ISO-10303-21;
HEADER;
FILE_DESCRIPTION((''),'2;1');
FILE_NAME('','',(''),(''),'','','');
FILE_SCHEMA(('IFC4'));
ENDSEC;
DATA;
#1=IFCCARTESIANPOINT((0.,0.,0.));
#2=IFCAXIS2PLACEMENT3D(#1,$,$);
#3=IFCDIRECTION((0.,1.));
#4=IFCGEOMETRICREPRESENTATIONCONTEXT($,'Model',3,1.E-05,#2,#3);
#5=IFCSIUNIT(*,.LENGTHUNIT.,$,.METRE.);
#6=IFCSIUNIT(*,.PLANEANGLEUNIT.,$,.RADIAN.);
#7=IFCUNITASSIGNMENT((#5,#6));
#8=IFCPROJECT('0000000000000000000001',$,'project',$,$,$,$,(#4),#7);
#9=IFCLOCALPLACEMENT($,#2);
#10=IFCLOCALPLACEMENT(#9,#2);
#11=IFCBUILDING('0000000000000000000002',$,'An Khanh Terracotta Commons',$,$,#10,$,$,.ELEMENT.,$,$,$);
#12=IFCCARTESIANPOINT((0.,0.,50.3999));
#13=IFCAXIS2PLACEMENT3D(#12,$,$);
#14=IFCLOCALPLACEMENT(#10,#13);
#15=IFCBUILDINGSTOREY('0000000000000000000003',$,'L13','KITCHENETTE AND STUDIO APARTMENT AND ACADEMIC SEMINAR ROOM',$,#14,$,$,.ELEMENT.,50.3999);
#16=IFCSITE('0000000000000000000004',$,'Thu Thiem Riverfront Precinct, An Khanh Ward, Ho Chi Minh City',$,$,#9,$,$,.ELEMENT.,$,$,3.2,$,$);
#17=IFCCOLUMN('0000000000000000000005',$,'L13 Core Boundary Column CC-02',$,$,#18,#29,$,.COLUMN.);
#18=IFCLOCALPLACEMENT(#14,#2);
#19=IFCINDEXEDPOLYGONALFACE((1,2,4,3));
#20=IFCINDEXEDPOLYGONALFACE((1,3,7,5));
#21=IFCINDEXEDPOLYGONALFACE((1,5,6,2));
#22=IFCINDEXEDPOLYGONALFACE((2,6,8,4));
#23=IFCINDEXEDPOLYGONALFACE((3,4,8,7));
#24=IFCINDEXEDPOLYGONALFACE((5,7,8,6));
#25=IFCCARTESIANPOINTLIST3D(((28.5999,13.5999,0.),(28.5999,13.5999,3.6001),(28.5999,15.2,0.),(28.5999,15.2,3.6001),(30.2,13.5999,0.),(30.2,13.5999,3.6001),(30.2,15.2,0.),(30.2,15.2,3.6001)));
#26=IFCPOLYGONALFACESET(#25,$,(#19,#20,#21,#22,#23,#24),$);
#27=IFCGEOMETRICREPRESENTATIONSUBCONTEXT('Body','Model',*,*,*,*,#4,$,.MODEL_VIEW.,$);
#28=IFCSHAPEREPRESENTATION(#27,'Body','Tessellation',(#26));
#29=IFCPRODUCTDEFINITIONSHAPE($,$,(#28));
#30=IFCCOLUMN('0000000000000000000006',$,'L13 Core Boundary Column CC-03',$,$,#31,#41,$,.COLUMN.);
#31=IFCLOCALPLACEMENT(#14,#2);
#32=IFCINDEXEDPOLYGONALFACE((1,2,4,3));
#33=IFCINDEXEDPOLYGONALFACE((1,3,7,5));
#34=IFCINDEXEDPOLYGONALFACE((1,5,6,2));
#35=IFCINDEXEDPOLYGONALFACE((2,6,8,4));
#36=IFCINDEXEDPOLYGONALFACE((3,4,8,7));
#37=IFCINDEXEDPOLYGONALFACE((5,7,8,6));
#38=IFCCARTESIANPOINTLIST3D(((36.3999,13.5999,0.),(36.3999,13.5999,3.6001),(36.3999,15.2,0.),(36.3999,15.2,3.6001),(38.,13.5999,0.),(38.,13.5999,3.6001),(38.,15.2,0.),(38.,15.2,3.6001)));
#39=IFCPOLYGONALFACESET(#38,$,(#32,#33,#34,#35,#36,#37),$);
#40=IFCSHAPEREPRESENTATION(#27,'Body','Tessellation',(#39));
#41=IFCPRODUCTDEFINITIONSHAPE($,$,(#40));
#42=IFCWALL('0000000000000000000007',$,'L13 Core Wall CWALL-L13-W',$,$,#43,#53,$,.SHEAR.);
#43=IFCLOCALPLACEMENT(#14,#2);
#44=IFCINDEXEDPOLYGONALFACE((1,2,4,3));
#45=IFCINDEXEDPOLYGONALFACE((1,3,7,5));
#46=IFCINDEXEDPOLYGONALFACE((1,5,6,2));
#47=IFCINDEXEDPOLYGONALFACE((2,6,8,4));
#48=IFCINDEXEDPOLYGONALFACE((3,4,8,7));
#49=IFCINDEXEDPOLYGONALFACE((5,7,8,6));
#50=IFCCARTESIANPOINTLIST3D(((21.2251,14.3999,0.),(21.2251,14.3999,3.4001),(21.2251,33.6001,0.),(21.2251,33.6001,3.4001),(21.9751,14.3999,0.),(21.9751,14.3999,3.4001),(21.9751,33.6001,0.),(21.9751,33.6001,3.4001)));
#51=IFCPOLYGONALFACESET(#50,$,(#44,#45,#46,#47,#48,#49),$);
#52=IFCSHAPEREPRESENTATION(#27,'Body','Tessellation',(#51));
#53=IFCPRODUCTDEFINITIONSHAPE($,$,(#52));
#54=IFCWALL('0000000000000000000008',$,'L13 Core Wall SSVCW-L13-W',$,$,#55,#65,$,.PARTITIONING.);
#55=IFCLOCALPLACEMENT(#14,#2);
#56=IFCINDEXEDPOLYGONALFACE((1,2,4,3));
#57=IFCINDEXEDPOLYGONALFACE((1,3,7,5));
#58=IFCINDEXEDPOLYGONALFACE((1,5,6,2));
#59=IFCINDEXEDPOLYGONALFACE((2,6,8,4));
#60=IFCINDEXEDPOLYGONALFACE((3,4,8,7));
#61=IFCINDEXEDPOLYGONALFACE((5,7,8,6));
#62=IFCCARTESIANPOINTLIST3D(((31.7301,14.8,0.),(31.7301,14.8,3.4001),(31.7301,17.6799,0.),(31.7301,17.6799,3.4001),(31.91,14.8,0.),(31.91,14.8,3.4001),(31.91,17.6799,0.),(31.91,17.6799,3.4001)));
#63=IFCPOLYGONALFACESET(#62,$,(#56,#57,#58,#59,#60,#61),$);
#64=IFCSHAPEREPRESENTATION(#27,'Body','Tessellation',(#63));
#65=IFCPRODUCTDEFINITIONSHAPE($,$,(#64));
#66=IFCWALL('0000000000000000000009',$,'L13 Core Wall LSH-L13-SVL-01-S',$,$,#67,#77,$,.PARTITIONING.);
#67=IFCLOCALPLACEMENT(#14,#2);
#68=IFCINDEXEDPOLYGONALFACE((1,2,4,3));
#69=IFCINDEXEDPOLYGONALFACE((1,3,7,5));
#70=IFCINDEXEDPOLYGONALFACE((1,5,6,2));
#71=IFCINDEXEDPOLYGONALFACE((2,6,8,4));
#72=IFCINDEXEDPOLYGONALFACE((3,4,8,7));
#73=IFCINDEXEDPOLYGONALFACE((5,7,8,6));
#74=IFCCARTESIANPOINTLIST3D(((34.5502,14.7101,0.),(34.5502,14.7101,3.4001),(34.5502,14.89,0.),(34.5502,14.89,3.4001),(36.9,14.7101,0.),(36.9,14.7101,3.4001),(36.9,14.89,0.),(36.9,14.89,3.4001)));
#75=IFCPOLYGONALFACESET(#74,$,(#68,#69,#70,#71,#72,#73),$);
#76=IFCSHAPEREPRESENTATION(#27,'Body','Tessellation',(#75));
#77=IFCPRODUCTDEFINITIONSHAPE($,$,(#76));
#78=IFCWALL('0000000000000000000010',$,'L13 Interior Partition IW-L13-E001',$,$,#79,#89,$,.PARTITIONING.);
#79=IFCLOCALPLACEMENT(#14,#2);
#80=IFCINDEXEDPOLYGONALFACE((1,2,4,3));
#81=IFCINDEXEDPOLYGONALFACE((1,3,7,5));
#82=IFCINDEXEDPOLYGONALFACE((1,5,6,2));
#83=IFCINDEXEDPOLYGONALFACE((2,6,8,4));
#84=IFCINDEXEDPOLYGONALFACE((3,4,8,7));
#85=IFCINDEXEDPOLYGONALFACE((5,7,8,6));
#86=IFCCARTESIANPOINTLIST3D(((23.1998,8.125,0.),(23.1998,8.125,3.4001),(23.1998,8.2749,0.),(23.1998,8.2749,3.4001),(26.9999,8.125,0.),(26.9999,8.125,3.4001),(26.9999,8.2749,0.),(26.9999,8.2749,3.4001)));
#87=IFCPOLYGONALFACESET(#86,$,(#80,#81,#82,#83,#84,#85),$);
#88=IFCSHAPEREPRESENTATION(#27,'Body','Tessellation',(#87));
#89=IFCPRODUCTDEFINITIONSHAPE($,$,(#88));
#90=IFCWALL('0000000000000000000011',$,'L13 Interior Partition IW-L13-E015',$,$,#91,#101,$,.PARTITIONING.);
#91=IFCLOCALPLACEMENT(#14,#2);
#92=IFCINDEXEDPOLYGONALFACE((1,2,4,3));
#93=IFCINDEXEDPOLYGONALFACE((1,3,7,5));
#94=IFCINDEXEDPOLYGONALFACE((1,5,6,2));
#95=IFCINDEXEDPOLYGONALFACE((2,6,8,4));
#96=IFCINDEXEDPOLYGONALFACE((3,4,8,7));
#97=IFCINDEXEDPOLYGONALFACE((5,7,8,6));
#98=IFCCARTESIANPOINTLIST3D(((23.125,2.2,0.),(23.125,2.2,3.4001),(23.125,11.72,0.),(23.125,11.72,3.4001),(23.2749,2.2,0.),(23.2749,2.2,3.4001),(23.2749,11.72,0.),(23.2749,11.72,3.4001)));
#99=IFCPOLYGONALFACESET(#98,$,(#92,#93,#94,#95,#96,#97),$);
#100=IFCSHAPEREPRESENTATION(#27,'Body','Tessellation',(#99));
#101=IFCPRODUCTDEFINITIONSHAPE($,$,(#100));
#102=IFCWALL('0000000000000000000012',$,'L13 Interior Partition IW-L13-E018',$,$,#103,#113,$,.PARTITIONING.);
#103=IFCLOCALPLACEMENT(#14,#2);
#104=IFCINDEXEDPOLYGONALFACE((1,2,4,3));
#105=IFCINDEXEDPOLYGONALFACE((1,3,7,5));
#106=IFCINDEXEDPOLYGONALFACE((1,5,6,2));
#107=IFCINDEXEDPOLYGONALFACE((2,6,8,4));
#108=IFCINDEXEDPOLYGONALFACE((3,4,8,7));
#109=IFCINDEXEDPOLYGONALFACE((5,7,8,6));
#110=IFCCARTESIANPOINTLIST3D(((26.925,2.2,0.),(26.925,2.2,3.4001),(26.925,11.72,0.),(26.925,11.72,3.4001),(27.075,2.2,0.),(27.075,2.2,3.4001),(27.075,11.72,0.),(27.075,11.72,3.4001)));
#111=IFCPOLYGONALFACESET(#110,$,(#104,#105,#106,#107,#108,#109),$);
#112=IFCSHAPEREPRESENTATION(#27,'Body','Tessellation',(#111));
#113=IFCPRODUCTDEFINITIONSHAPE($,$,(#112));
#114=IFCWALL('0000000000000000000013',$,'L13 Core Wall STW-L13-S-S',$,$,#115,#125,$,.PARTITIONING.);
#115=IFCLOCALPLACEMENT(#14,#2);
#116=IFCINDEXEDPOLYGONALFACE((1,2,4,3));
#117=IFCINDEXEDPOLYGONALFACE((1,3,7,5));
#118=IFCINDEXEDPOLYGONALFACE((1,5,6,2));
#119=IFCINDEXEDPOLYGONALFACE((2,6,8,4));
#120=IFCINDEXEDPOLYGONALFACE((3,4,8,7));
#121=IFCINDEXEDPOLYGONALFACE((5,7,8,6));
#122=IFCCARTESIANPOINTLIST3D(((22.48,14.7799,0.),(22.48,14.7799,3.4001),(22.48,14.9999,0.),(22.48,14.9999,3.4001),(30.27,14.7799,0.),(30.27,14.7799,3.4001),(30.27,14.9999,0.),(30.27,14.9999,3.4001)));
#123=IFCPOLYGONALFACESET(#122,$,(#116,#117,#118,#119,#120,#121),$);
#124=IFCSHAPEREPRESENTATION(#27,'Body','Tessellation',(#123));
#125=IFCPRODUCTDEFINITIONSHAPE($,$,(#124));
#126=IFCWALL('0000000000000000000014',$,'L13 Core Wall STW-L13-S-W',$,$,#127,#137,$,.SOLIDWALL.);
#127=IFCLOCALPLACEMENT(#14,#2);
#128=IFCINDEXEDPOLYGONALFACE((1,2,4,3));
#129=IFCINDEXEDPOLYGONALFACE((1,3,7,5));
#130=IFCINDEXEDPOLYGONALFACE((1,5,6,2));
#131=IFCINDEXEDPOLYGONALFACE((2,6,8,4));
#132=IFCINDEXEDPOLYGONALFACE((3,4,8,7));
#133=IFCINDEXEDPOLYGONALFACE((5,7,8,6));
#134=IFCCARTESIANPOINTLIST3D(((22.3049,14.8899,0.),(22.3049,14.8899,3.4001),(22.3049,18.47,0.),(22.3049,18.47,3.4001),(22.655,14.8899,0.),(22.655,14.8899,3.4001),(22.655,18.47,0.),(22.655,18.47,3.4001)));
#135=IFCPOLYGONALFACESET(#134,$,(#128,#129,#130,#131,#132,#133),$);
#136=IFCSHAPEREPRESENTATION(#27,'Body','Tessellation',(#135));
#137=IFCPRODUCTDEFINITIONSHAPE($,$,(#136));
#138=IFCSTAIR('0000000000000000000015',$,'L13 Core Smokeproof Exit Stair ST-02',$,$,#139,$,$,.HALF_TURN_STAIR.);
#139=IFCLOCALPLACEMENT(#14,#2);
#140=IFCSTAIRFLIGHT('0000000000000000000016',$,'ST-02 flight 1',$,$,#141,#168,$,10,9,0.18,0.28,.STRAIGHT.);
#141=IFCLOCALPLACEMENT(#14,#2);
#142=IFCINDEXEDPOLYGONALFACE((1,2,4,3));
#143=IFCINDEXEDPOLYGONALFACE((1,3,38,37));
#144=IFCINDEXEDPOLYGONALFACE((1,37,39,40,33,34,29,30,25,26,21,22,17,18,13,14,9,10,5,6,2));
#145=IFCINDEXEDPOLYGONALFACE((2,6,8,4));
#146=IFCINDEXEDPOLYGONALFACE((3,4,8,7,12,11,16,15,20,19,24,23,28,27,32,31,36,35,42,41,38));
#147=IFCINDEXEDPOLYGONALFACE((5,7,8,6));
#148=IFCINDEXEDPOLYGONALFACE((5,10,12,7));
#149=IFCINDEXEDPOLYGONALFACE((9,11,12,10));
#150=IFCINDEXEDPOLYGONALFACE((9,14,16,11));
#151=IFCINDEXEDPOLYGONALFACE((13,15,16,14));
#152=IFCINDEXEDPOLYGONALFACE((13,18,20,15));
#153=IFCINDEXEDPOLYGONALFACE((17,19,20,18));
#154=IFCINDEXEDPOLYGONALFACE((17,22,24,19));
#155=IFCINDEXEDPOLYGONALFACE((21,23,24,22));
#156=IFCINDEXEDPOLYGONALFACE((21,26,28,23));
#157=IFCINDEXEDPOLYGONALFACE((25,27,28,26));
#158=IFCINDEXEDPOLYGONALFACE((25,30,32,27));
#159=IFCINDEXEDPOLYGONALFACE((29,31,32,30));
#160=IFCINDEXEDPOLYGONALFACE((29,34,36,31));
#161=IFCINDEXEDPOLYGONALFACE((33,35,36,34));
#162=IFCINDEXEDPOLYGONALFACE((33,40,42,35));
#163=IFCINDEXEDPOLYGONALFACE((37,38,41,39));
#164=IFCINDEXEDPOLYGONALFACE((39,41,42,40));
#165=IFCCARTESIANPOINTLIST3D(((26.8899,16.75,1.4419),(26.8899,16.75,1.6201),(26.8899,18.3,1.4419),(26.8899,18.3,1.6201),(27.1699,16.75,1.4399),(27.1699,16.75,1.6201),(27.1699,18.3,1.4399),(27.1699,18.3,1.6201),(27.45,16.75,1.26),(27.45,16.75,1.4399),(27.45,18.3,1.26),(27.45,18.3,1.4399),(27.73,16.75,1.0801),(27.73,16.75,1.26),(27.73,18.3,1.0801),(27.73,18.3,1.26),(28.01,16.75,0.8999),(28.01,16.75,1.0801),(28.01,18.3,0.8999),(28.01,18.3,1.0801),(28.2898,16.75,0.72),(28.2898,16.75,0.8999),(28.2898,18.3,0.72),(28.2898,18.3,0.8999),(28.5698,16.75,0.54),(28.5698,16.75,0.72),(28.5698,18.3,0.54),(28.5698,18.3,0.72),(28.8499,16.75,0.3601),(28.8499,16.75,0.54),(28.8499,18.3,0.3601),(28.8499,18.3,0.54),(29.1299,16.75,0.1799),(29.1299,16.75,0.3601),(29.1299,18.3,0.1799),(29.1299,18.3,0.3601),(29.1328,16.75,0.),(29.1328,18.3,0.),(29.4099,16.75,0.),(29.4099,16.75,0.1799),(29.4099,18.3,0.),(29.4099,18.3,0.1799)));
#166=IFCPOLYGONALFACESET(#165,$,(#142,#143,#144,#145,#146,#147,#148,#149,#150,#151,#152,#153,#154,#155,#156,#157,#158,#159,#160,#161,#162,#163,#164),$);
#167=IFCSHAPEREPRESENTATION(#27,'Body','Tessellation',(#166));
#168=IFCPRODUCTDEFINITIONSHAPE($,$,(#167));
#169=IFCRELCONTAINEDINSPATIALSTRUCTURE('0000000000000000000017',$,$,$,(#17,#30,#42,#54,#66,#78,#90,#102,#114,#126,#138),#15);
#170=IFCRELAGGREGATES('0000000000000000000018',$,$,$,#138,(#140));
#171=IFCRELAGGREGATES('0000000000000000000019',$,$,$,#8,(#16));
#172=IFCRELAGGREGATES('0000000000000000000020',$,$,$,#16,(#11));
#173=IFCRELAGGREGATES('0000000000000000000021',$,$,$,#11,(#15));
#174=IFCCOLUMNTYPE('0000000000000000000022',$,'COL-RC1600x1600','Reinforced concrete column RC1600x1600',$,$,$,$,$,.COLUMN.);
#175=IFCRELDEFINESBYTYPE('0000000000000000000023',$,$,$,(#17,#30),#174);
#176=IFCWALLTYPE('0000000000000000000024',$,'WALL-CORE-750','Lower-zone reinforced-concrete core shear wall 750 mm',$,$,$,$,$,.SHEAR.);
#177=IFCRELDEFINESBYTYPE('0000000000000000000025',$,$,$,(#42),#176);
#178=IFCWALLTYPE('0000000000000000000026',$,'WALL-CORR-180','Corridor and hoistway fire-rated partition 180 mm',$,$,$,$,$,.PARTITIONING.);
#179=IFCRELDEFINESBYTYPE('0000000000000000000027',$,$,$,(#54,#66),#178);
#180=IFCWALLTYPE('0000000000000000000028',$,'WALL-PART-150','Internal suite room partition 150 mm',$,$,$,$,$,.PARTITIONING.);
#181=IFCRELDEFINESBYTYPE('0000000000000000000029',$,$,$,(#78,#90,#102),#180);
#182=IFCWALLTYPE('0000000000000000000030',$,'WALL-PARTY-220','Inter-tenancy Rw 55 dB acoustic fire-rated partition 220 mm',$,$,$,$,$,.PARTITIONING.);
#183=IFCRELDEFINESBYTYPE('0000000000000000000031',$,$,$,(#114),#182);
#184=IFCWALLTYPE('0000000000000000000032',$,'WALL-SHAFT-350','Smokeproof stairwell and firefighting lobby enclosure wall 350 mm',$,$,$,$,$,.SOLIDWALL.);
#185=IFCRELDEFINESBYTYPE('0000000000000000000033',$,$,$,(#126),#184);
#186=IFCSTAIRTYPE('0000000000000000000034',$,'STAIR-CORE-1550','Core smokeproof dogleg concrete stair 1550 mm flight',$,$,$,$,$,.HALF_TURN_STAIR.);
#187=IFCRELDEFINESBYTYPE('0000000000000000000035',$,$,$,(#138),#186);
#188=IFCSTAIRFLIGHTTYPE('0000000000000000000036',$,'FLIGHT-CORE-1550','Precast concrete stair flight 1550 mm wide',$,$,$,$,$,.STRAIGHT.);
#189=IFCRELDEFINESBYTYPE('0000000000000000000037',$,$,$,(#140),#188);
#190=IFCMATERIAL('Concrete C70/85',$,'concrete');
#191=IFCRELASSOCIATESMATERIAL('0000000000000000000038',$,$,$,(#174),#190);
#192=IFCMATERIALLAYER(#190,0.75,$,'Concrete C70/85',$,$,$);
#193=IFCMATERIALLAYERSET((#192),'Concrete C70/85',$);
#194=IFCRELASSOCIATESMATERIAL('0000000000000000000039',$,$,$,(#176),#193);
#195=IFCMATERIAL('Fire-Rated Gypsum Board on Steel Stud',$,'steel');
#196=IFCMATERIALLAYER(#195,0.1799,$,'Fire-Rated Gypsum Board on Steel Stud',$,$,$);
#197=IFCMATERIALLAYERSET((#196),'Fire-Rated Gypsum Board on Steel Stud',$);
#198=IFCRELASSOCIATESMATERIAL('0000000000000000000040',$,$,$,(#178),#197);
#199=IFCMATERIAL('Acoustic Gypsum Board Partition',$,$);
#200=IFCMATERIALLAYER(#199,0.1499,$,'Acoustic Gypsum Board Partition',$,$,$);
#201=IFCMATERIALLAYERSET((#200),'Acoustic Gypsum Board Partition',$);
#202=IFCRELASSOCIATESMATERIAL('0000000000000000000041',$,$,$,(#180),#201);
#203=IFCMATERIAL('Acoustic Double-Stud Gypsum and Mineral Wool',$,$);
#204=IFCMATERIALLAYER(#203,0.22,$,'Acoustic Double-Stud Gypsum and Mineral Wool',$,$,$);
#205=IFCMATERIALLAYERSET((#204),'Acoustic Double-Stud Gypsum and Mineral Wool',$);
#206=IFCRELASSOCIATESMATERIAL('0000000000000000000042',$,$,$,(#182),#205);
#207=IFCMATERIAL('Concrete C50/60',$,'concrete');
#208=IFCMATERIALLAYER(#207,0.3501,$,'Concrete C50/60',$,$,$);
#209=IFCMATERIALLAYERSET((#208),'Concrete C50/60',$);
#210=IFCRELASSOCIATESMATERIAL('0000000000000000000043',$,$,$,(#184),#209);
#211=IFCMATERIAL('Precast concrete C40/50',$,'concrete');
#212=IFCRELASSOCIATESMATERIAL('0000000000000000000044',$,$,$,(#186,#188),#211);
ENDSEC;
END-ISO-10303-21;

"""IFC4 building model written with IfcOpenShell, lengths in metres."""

from ifc_helpers import new_model, si_unit, direction, frame, frame_2d, origin, origin_2d, place, context, subcontext, project, spatial, polyline, rectangle, outline, extrude, material, layer, layer_set, material_profile, profile_set, type_object, element, aggregate, save


model = new_model("IFC4")

# Units and contexts
model_context = context("Model", 3, precision=1e-05, world=origin(), true_north=direction((0.0, 1.0)))
body_context = subcontext(model_context, "Body", "Model", "MODEL_VIEW")
ifc_project = project(units=[si_unit("LENGTHUNIT", "METRE"), si_unit("PLANEANGLEUNIT", "RADIAN")], contexts=[model_context])

# Site, building, storey
site_placement = place(None, origin())
site = spatial("IfcSite", under=ifc_project, at=site_placement, Name="Thu Thiem Riverfront Precinct, An Khanh Ward, Ho Chi Minh City", CompositionType="ELEMENT", RefElevation=3.2)
building_placement = place(site_placement, origin())
building = spatial("IfcBuilding", under=site, at=building_placement, Name="An Khanh Terracotta Commons", CompositionType="ELEMENT")
storey_placement = place(building_placement, frame((0.0, 0.0, 50.3999)))
storey = spatial("IfcBuildingStorey", under=building, at=storey_placement, Name="L13", Description="KITCHENETTE AND STUDIO APARTMENT AND ACADEMIC SEMINAR ROOM", CompositionType="ELEMENT", Elevation=50.3999)

# Columns
ifc_material_1 = material(Name="Concrete C70/85", Category="concrete")
ifc_material_profile = material_profile(ifc_material_1, rectangle(XDim=1.6001, YDim=1.6001, at=origin_2d()), Name="RC1600x1600")
ifc_profile_set = profile_set([ifc_material_profile], Name="Concrete C70/85")
column_type = type_object("IfcColumnType", Name="COL-RC1600x1600", Description="Reinforced concrete column RC1600x1600", PredefinedType="COLUMN", material=ifc_profile_set)
for number, where, z_axis, x_axis, name in (
    (1, (29.3999, 14.3999, 0.0), (0.0, 0.0, 1.0), (1.0, 0.0, 0.0), "L13 Core Boundary Column CC-02"),
    (2, (37.2, 14.3999, 0.0), (0.0, 0.0, 1.0), (1.0, 0.0, 0.0), "L13 Core Boundary Column CC-03"),
):
    element("IfcColumn", number, at=place(storey_placement, frame(where, z_axis=z_axis, x_axis=x_axis)), inside=storey, type_object=column_type, Name=name, PredefinedType="COLUMN", context=body_context, shape_type="SweptSolid", body=[
        extrude(rectangle(XDim=1.6001, YDim=1.6001, at=origin_2d()), origin(), (0.0, 0.0, 1.0), 3.6001),
    ])

# Walls
ifc_layer_1 = layer(ifc_material_1, 0.75, Name="Concrete C70/85")
ifc_layer_set_1 = layer_set([ifc_layer_1], Name="Concrete C70/85")
wall_type_1 = type_object("IfcWallType", Name="WALL-CORE-750", Description="Lower-zone reinforced-concrete core shear wall 750 mm", PredefinedType="SHEAR", material=ifc_layer_set_1)
wall_1_placement = place(storey_placement, frame((21.6001, 14.3999, 0.0), z_axis=(0.0, 0.0, 1.0), x_axis=(0.0, 1.0, 0.0)))
element("IfcWall", 3, at=wall_1_placement, inside=storey, type_object=wall_type_1, Name="L13 Core Wall CWALL-L13-W", PredefinedType="SHEAR", context=body_context, shape_type="SweptSolid", body=[
    extrude(rectangle(XDim=19.2002, YDim=0.75, at=frame_2d((9.6001, 0.0))), origin(), (0.0, 0.0, 1.0), 3.4001),
])
ifc_material_2 = material(Name="Fire-Rated Gypsum Board on Steel Stud", Category="steel")
ifc_layer_2 = layer(ifc_material_2, 0.1799, Name="Fire-Rated Gypsum Board on Steel Stud")
ifc_layer_set_2 = layer_set([ifc_layer_2], Name="Fire-Rated Gypsum Board on Steel Stud")
wall_type_2 = type_object("IfcWallType", Name="WALL-CORR-180", Description="Corridor and hoistway fire-rated partition 180 mm", PredefinedType="PARTITIONING", material=ifc_layer_set_2)
wall_2_placement = place(storey_placement, frame((31.8201, 14.8, 0.0), z_axis=(0.0, 0.0, 1.0), x_axis=(0.0, 1.0, 0.0)))
element("IfcWall", 4, at=wall_2_placement, inside=storey, type_object=wall_type_2, Name="L13 Core Wall SSVCW-L13-W", PredefinedType="PARTITIONING", context=body_context, shape_type="SweptSolid", body=[
    extrude(rectangle(XDim=2.8799, YDim=0.1799, at=frame_2d((1.4399, 0.0))), origin(), (0.0, 0.0, 1.0), 3.4001),
])
wall_3_placement = place(storey_placement, frame((36.8999, 14.8, 0.0), z_axis=(0.0, 0.0, 1.0), x_axis=(-1.0, 0.0, 0.0)))
element("IfcWall", 5, at=wall_3_placement, inside=storey, type_object=wall_type_2, Name="L13 Core Wall LSH-L13-SVL-01-S", PredefinedType="PARTITIONING", context=body_context, shape_type="SweptSolid", body=[
    extrude(rectangle(XDim=2.3499, YDim=0.1799, at=frame_2d((1.1748, 0.0))), origin(), (0.0, 0.0, 1.0), 3.4001),
])
ifc_material_3 = material(Name="Acoustic Gypsum Board Partition")
ifc_layer_3 = layer(ifc_material_3, 0.1499, Name="Acoustic Gypsum Board Partition")
ifc_layer_set_3 = layer_set([ifc_layer_3], Name="Acoustic Gypsum Board Partition")
wall_type_3 = type_object("IfcWallType", Name="WALL-PART-150", Description="Internal suite room partition 150 mm", PredefinedType="PARTITIONING", material=ifc_layer_set_3)
wall_4_placement = place(storey_placement, frame((23.2, 8.2, 0.0), z_axis=(0.0, 0.0, 1.0), x_axis=(1.0, 0.0, 0.0)))
element("IfcWall", 6, at=wall_4_placement, inside=storey, type_object=wall_type_3, Name="L13 Interior Partition IW-L13-E001", PredefinedType="PARTITIONING", context=body_context, shape_type="SweptSolid", body=[
    extrude(rectangle(XDim=3.8, YDim=0.1499, at=frame_2d((1.8999, 0.0))), origin(), (0.0, 0.0, 1.0), 3.4001),
])
for number, where, z_axis, x_axis, name in (
    (7, (23.2, 2.2, 0.0), (0.0, 0.0, 1.0), (0.0, 1.0, 0.0), "L13 Interior Partition IW-L13-E015"),
    (8, (27.0, 2.2, 0.0), (0.0, 0.0, 1.0), (0.0, 1.0, 0.0), "L13 Interior Partition IW-L13-E018"),
):
    element("IfcWall", number, at=place(storey_placement, frame(where, z_axis=z_axis, x_axis=x_axis)), inside=storey, type_object=wall_type_3, Name=name, PredefinedType="PARTITIONING", context=body_context, shape_type="SweptSolid", body=[
        extrude(rectangle(XDim=9.52, YDim=0.1499, at=frame_2d((4.76, 0.0))), origin(), (0.0, 0.0, 1.0), 3.4001),
    ])
ifc_material_4 = material(Name="Acoustic Double-Stud Gypsum and Mineral Wool")
ifc_layer_4 = layer(ifc_material_4, 0.22, Name="Acoustic Double-Stud Gypsum and Mineral Wool")
ifc_layer_set_4 = layer_set([ifc_layer_4], Name="Acoustic Double-Stud Gypsum and Mineral Wool")
wall_type_4 = type_object("IfcWallType", Name="WALL-PARTY-220", Description="Inter-tenancy Rw 55 dB acoustic fire-rated partition 220 mm", PredefinedType="PARTITIONING", material=ifc_layer_set_4)
wall_5_placement = place(storey_placement, frame((22.48, 14.8899, 0.0), z_axis=(0.0, 0.0, 1.0), x_axis=(1.0, 0.0, 0.0)))
element("IfcWall", 9, at=wall_5_placement, inside=storey, type_object=wall_type_4, Name="L13 Core Wall STW-L13-S-S", PredefinedType="PARTITIONING", context=body_context, shape_type="SweptSolid", body=[
    extrude(rectangle(XDim=7.79, YDim=0.22, at=frame_2d((3.895, 0.0))), origin(), (0.0, 0.0, 1.0), 3.4001),
])
ifc_material_5 = material(Name="Concrete C50/60", Category="concrete")
ifc_layer_5 = layer(ifc_material_5, 0.3501, Name="Concrete C50/60")
ifc_layer_set_5 = layer_set([ifc_layer_5], Name="Concrete C50/60")
wall_type_5 = type_object("IfcWallType", Name="WALL-SHAFT-350", Description="Smokeproof stairwell and firefighting lobby enclosure wall 350 mm", PredefinedType="SOLIDWALL", material=ifc_layer_set_5)
wall_6_placement = place(storey_placement, frame((22.48, 14.8899, 0.0), z_axis=(0.0, 0.0, 1.0), x_axis=(0.0, 1.0, 0.0)))
element("IfcWall", 10, at=wall_6_placement, inside=storey, type_object=wall_type_5, Name="L13 Core Wall STW-L13-S-W", PredefinedType="SOLIDWALL", context=body_context, shape_type="SweptSolid", body=[
    extrude(rectangle(XDim=3.5801, YDim=0.3501, at=frame_2d((1.79, 0.0))), origin(), (0.0, 0.0, 1.0), 3.4001),
])

# Stair, stair flight
ifc_material_6 = material(Name="Precast concrete C40/50", Category="concrete")
stair_type = type_object("IfcStairType", Name="STAIR-CORE-1550", Description="Core smokeproof dogleg concrete stair 1550 mm flight", PredefinedType="HALF_TURN_STAIR", material=ifc_material_6)
stair_placement = place(storey_placement, origin())
stair = element("IfcStair", 11, at=stair_placement, inside=storey, type_object=stair_type, Name="L13 Core Smokeproof Exit Stair ST-02", PredefinedType="HALF_TURN_STAIR")
stair_flight_type = type_object("IfcStairFlightType", Name="FLIGHT-CORE-1550", Description="Precast concrete stair flight 1550 mm wide", PredefinedType="STRAIGHT", material=ifc_material_6)
stair_flight_1_placement = place(storey_placement, frame((29.4099, 17.5249, 0.0), z_axis=(0.0, 0.0, 1.0), x_axis=(-1.0, 0.0, 0.0)))
stair_flight_1 = element("IfcStairFlight", 12, at=stair_flight_1_placement, type_object=stair_flight_type, Name="ST-02 flight 1", NumberOfRisers=10, NumberOfTreads=9, PredefinedType="STRAIGHT", RiserHeight=0.18, TreadLength=0.28, context=body_context, shape_type="SweptSolid", body=[
    extrude(outline(polyline([(0.0, 0.0), (0.0, 0.1799), (0.28, 0.1799), (0.28, 0.3601), (0.5601, 0.3601), (0.5601, 0.54), (0.8401, 0.54), (0.8401, 0.72), (1.1201, 0.72), (1.1201, 0.8999), (1.3999, 0.8999), (1.3999, 1.0801), (1.6799, 1.0801), (1.6799, 1.26), (1.96, 1.26), (1.96, 1.4399), (2.24, 1.4399), (2.24, 1.6201), (2.52, 1.6201), (2.52, 1.8), (2.52, 1.4419), (0.2771, 0.0), (0.0, 0.0)])), frame((0.0, 0.7749, 0.0), z_axis=(0.0, -1.0, 0.0), x_axis=(1.0, 0.0, 0.0)), (0.0, 0.0, 1.0), 1.55),
])
aggregate(stair, [stair_flight_1])

save(model, "model.ifc")
